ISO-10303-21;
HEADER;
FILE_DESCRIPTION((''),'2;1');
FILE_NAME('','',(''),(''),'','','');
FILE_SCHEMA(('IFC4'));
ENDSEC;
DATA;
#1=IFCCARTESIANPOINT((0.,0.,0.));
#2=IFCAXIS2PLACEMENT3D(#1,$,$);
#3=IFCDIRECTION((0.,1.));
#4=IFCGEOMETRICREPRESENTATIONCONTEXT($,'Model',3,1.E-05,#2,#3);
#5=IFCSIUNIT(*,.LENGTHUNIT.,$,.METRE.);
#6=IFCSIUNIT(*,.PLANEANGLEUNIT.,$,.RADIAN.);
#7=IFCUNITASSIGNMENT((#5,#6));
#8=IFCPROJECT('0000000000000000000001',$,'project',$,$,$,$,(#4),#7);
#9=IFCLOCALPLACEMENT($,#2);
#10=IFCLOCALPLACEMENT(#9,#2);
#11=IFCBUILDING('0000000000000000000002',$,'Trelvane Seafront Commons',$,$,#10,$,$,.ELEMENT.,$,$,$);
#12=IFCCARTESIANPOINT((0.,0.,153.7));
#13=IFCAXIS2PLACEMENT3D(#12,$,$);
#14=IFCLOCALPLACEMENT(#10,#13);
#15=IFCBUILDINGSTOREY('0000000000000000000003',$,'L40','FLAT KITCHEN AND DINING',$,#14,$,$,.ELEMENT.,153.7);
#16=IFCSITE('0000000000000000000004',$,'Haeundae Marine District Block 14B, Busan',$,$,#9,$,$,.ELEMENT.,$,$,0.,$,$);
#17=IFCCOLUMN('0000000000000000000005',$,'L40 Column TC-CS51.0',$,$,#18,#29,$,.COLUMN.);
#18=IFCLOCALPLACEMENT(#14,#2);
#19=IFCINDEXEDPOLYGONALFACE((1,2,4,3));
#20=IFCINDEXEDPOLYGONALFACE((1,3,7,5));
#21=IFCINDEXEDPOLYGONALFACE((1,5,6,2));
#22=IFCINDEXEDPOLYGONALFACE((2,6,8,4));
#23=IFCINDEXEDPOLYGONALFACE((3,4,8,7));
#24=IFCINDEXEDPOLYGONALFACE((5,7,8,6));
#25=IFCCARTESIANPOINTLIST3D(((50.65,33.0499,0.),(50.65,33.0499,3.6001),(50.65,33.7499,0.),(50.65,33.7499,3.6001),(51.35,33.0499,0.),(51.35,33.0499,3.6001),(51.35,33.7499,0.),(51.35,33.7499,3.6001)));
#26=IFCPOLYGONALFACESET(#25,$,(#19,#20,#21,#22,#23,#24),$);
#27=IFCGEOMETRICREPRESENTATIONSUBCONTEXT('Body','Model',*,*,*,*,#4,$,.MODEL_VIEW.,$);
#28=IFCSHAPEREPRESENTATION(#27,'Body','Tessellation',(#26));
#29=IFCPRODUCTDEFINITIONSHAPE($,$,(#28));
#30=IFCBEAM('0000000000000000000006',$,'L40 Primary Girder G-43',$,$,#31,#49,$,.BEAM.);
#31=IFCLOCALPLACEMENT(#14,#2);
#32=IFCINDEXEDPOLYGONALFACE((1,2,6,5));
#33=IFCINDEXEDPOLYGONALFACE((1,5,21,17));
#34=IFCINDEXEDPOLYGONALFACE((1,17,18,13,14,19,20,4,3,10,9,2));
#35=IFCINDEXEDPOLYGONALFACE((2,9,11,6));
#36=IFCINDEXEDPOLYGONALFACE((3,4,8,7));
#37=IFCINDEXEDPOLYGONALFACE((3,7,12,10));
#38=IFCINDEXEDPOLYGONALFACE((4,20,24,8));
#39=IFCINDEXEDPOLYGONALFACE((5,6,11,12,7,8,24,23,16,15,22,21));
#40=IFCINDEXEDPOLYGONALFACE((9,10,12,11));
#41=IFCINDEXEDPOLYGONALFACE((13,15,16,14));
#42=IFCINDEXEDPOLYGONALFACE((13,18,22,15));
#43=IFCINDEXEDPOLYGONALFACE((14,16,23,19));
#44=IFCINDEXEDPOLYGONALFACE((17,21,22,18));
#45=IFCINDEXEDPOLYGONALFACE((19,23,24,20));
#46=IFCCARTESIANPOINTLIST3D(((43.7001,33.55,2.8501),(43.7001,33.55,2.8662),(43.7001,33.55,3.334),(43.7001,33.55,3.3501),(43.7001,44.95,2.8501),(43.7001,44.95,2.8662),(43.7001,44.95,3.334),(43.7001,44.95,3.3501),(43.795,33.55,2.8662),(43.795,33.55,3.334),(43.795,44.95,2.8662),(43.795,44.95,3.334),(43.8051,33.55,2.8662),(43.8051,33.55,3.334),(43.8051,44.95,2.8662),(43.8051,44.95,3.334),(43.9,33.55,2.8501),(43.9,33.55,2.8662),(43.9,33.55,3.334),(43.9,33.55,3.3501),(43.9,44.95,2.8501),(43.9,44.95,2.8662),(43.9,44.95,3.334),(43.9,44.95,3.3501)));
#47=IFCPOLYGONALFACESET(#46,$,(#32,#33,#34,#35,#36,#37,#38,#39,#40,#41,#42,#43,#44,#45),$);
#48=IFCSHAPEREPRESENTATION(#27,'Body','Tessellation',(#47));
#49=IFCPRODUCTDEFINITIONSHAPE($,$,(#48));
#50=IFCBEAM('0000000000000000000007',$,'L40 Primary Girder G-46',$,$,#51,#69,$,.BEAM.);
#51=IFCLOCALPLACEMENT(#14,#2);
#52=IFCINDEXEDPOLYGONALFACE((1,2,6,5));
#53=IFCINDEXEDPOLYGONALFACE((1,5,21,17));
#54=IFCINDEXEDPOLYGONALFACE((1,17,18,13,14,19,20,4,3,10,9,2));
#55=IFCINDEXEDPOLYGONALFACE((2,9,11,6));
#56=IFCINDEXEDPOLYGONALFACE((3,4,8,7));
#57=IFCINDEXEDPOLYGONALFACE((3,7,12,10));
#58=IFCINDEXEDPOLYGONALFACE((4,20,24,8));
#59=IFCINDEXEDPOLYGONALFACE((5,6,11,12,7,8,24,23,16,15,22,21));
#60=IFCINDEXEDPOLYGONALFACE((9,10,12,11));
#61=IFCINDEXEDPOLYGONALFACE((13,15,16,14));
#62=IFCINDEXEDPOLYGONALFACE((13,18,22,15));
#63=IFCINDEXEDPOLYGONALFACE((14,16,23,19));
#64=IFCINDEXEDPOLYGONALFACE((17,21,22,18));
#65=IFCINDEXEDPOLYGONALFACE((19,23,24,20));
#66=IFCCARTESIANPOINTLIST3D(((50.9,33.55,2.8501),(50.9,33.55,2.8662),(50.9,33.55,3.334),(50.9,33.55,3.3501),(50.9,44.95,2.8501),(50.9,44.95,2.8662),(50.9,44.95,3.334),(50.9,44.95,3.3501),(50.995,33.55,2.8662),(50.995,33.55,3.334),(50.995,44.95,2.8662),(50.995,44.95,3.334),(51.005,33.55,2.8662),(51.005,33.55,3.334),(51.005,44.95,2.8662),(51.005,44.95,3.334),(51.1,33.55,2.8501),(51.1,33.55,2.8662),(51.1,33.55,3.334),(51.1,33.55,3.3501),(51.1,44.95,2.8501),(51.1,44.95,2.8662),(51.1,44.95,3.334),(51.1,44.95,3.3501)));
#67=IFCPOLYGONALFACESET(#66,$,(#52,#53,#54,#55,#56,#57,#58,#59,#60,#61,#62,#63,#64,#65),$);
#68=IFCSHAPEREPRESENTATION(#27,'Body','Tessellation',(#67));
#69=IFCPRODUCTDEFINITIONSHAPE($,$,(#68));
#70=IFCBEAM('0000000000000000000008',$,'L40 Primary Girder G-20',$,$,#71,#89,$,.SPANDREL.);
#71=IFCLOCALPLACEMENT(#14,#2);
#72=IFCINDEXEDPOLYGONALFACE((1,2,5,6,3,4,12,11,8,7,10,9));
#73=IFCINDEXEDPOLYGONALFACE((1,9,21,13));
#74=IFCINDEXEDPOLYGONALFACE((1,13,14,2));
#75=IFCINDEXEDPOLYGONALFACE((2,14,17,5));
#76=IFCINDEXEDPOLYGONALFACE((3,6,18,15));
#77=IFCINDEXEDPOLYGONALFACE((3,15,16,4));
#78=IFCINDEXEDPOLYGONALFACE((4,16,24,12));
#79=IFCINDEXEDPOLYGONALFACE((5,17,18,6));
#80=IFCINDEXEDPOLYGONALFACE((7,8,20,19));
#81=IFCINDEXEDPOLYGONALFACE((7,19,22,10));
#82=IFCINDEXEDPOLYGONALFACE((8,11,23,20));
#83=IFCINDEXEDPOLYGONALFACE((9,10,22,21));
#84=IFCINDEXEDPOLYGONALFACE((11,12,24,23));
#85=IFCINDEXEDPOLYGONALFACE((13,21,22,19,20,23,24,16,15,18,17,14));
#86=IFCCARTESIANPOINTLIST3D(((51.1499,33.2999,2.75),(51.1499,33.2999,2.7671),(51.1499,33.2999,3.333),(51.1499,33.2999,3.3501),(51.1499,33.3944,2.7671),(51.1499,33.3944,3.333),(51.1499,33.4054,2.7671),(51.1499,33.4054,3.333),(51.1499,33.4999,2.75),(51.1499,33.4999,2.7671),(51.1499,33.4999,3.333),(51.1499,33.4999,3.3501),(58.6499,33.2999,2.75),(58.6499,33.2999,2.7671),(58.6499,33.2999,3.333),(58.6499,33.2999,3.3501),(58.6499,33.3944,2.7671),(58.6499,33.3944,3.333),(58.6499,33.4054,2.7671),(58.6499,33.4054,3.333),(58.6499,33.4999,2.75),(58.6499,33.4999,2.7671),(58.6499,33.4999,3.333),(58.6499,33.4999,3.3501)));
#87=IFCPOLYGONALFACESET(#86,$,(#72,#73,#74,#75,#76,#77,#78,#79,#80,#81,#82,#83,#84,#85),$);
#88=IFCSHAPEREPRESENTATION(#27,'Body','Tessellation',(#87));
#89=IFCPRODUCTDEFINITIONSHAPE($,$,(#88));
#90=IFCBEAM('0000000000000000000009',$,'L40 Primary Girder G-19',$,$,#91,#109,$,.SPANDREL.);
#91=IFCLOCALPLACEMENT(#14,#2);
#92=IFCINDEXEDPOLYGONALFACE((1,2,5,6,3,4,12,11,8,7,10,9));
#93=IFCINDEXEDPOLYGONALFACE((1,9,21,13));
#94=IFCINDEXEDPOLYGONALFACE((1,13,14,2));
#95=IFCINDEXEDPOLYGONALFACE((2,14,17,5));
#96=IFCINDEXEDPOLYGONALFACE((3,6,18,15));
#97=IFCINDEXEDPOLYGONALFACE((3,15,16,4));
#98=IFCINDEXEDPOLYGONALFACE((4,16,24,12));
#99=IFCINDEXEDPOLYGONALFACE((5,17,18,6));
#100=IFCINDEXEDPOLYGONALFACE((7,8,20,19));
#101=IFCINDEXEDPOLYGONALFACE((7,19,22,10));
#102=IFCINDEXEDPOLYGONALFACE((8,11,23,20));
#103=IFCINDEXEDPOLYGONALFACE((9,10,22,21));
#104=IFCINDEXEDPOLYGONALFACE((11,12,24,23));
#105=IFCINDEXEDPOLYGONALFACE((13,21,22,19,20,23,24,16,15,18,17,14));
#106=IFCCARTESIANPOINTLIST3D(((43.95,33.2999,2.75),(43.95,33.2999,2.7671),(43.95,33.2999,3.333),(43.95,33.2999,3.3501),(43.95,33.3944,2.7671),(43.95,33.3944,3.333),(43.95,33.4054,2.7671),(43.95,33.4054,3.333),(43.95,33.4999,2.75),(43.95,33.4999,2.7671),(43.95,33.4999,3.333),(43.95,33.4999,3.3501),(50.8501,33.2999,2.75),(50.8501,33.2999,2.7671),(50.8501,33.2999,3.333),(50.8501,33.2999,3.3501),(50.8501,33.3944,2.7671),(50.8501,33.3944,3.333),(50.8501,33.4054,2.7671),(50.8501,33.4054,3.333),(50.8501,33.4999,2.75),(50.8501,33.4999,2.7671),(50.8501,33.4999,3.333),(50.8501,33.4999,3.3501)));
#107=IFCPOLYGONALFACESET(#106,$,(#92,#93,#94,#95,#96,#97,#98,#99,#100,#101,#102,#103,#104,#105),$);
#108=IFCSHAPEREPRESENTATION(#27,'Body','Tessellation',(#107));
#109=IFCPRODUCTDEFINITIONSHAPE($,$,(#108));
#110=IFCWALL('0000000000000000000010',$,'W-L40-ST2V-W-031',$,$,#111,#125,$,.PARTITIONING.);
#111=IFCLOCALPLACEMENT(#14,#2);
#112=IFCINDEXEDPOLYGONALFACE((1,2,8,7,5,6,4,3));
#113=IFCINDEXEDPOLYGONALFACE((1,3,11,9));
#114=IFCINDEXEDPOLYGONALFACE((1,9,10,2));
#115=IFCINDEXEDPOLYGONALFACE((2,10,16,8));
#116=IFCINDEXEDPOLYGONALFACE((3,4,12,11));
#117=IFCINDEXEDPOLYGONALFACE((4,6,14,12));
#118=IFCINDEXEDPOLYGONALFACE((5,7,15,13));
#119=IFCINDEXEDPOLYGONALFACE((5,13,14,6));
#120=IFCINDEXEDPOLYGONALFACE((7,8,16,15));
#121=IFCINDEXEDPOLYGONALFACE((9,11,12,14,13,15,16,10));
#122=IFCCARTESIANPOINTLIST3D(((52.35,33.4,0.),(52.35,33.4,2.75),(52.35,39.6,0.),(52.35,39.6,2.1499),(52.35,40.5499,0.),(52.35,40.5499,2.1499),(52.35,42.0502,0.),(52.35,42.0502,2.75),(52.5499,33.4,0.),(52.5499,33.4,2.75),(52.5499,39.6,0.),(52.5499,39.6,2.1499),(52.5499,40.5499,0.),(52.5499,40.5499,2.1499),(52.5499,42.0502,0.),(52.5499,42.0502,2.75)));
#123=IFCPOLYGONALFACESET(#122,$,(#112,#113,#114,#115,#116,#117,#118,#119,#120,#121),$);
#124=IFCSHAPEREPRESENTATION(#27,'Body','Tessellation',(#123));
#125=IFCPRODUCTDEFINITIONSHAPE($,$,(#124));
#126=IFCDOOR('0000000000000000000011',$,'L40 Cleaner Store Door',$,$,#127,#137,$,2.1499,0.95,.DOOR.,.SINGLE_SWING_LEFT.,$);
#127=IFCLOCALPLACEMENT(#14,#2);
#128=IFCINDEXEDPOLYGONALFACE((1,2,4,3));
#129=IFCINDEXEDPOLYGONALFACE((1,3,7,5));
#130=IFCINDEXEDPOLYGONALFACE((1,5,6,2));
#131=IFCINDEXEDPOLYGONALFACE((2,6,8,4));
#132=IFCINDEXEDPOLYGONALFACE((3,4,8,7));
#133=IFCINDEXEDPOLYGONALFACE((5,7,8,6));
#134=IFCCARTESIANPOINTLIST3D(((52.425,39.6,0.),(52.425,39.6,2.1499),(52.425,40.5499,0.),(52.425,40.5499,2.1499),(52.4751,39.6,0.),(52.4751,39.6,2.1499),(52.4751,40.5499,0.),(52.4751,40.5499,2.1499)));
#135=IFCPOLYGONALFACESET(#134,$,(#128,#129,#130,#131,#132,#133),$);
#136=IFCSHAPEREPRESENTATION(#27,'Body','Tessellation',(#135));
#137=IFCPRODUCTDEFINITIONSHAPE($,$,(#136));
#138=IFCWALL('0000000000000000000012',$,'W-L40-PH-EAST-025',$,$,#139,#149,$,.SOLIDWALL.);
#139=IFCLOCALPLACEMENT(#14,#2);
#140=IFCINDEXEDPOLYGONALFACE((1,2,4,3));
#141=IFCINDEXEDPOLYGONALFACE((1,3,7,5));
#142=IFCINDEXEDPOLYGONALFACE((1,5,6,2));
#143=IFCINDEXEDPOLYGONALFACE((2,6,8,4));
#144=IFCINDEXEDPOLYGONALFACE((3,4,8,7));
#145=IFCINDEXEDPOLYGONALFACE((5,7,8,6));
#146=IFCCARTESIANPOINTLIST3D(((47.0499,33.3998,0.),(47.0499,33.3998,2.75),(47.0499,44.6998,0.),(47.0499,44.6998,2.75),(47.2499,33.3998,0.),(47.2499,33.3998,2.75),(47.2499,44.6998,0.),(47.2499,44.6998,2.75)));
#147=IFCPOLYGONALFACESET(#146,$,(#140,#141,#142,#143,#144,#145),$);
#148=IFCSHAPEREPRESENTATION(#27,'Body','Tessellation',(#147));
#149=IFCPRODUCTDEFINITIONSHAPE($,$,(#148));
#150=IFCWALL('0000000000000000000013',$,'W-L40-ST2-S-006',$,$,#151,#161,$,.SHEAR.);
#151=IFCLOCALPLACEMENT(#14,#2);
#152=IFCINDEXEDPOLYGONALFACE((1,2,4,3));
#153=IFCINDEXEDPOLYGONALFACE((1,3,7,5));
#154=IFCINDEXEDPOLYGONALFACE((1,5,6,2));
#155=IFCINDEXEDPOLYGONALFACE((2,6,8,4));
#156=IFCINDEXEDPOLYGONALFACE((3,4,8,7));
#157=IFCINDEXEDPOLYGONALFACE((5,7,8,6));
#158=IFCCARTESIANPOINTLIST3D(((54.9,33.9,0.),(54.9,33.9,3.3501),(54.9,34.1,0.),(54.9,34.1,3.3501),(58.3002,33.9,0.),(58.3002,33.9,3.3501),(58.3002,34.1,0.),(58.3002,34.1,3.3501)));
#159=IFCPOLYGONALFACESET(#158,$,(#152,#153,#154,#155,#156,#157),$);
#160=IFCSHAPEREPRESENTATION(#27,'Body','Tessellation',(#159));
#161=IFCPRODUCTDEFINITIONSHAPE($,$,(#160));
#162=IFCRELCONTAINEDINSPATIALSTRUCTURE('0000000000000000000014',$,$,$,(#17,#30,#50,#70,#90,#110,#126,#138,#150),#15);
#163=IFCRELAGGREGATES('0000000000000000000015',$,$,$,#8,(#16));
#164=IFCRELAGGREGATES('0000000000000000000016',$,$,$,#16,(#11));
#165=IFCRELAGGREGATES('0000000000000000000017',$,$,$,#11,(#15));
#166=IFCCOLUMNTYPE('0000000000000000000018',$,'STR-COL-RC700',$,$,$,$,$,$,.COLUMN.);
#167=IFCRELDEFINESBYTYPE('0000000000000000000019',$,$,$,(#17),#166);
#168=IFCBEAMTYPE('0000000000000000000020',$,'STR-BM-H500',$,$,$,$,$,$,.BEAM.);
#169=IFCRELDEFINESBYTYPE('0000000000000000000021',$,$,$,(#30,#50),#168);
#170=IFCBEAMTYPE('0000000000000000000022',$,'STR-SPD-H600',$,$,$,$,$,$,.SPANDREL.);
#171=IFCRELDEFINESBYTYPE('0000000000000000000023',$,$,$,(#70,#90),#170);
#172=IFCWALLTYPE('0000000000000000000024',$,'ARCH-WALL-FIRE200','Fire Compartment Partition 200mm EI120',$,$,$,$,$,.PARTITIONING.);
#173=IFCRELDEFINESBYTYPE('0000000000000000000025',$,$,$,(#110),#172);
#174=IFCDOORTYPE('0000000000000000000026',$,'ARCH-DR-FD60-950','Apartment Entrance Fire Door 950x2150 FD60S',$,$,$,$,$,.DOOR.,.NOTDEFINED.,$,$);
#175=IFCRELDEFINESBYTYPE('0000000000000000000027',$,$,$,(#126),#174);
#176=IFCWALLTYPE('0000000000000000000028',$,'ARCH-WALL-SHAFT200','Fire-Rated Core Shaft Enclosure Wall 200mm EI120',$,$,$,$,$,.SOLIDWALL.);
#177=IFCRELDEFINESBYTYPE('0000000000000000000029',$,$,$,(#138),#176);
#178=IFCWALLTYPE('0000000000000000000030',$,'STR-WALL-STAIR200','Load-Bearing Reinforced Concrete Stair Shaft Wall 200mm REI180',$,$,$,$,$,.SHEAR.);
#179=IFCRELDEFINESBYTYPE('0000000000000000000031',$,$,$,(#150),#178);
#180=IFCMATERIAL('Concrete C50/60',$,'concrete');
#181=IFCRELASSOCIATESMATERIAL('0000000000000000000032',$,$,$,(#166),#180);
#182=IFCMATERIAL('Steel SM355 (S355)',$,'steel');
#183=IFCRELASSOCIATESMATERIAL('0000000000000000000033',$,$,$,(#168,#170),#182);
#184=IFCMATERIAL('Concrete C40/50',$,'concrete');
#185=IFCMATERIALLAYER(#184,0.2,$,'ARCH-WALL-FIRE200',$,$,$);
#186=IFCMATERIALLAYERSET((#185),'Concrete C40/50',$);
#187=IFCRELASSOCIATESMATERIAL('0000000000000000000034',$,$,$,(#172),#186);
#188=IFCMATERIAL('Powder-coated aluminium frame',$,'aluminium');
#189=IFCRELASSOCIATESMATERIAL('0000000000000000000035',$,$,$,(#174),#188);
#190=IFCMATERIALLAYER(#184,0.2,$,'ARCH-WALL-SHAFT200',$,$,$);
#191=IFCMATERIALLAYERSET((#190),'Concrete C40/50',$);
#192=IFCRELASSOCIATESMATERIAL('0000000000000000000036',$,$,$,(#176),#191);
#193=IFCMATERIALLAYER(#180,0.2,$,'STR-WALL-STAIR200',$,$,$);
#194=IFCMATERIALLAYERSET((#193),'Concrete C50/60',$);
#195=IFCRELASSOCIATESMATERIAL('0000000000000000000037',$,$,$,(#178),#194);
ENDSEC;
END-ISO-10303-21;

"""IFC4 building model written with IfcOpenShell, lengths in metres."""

from ifc_helpers import new_model, si_unit, direction, frame, frame_2d, origin, origin_2d, place, context, subcontext, project, spatial, rectangle, i_section, extrude, source, transform, mapped, material, layer, layer_set, material_profile, profile_set, type_object, element, fill, save


model = new_model("IFC4")

# Units and contexts
model_context = context("Model", 3, precision=1e-05, world=origin(), true_north=direction((0.0, 1.0)))
body_context = subcontext(model_context, "Body", "Model", "MODEL_VIEW")
ifc_project = project(units=[si_unit("LENGTHUNIT", "METRE"), si_unit("PLANEANGLEUNIT", "RADIAN")], contexts=[model_context])

# Site, building, storey
site_placement = place(None, origin())
site = spatial("IfcSite", under=ifc_project, at=site_placement, Name="Haeundae Marine District Block 14B, Busan", CompositionType="ELEMENT", RefElevation=0.0)
building_placement = place(site_placement, origin())
building = spatial("IfcBuilding", under=site, at=building_placement, Name="Trelvane Seafront Commons", CompositionType="ELEMENT")
storey_placement = place(building_placement, frame((0.0, 0.0, 153.7)))
storey = spatial("IfcBuildingStorey", under=building, at=storey_placement, Name="L40", Description="FLAT KITCHEN AND DINING", CompositionType="ELEMENT", Elevation=153.7)

# Column
ifc_material_1 = material(Name="Concrete C50/60", Category="concrete")
ifc_material_profile_1 = material_profile(ifc_material_1, rectangle(XDim=0.7, YDim=0.7, at=origin_2d()), Name="RC-700x700")
ifc_profile_set_1 = profile_set([ifc_material_profile_1], Name="Concrete C50/60")
column_type = type_object("IfcColumnType", Name="STR-COL-RC700", PredefinedType="COLUMN", material=ifc_profile_set_1)
shared_shape_1 = source(origin(), body_context, "Body", "SweptSolid", [
    extrude(rectangle(XDim=0.7, YDim=0.7, at=origin_2d()), origin(), (0.0, 0.0, 1.0), 3.6001),
])
column_placement = place(storey_placement, frame((51.0, 33.3999, 0.0), z_axis=(0.0, 0.0, 1.0), x_axis=(1.0, 0.0, 0.0)))
element("IfcColumn", 1, at=column_placement, inside=storey, type_object=column_type, Name="L40 Column TC-CS51.0", PredefinedType="COLUMN", context=body_context, shape_type="MappedRepresentation", body=[
    mapped(shared_shape_1, transform((0.0, 0.0, 0.0), x_axis=(1.0, 0.0, 0.0), y_axis=(0.0, 1.0, 0.0), z_axis=(0.0, 0.0, 1.0), scale=1.0)),
])

# Beams
ifc_material_2 = material(Name="Steel SM355 (S355)", Category="steel")
ifc_material_profile_2 = material_profile(ifc_material_2, i_section(OverallWidth=0.2, OverallDepth=0.5, WebThickness=0.01, FlangeThickness=0.0161, at=origin_2d()), Name="H-500x200x10x16")
ifc_profile_set_2 = profile_set([ifc_material_profile_2], Name="Steel SM355 (S355)")
beam_type_1 = type_object("IfcBeamType", Name="STR-BM-H500", PredefinedType="BEAM", material=ifc_profile_set_2)
shared_shape_2 = source(origin(), body_context, "Body", "SweptSolid", [
    extrude(i_section(OverallWidth=0.2, OverallDepth=0.5, WebThickness=0.01, FlangeThickness=0.0161, at=origin_2d()), origin(), (0.0, 0.0, 1.0), 11.3999),
])
for number, where, z_axis, x_axis, name in (
    (2, (43.8, 33.55, 3.1001), (0.0, 1.0, 0.0), (-1.0, 0.0, 0.0), "L40 Primary Girder G-43"),
    (3, (51.0, 33.55, 3.1001), (0.0, 1.0, 0.0), (-1.0, 0.0, 0.0), "L40 Primary Girder G-46"),
):
    element("IfcBeam", number, at=place(storey_placement, frame(where, z_axis=z_axis, x_axis=x_axis)), inside=storey, type_object=beam_type_1, Name=name, PredefinedType="BEAM", context=body_context, shape_type="MappedRepresentation", body=[
        mapped(shared_shape_2, transform((0.0, 0.0, 0.0), x_axis=(1.0, 0.0, 0.0), y_axis=(0.0, 1.0, 0.0), z_axis=(0.0, 0.0, 1.0), scale=1.0)),
    ])
ifc_material_profile_3 = material_profile(ifc_material_2, i_section(OverallWidth=0.2, OverallDepth=0.6001, WebThickness=0.011, FlangeThickness=0.0171, at=origin_2d()), Name="H-600x200x11x17")
ifc_profile_set_3 = profile_set([ifc_material_profile_3], Name="Steel SM355 (S355)")
beam_type_2 = type_object("IfcBeamType", Name="STR-SPD-H600", PredefinedType="SPANDREL", material=ifc_profile_set_3)
shared_shape_3 = source(origin(), body_context, "Body", "SweptSolid", [
    extrude(i_section(OverallWidth=0.2, OverallDepth=0.6001, WebThickness=0.011, FlangeThickness=0.0171, at=origin_2d()), origin(), (0.0, 0.0, 1.0), 7.5),
])
beam_1_placement = place(storey_placement, frame((51.1499, 33.3999, 3.05), z_axis=(1.0, 0.0, 0.0), x_axis=(0.0, 1.0, 0.0)))
element("IfcBeam", 4, at=beam_1_placement, inside=storey, type_object=beam_type_2, Name="L40 Primary Girder G-20", PredefinedType="SPANDREL", context=body_context, shape_type="MappedRepresentation", body=[
    mapped(shared_shape_3, transform((0.0, 0.0, 0.0), x_axis=(1.0, 0.0, 0.0), y_axis=(0.0, 1.0, 0.0), z_axis=(0.0, 0.0, 1.0), scale=1.0)),
])
shared_shape_4 = source(origin(), body_context, "Body", "SweptSolid", [
    extrude(i_section(OverallWidth=0.2, OverallDepth=0.6001, WebThickness=0.011, FlangeThickness=0.0171, at=origin_2d()), origin(), (0.0, 0.0, 1.0), 6.9001),
])
beam_2_placement = place(storey_placement, frame((43.95, 33.3999, 3.05), z_axis=(1.0, 0.0, 0.0), x_axis=(0.0, 1.0, 0.0)))
element("IfcBeam", 5, at=beam_2_placement, inside=storey, type_object=beam_type_2, Name="L40 Primary Girder G-19", PredefinedType="SPANDREL", context=body_context, shape_type="MappedRepresentation", body=[
    mapped(shared_shape_4, transform((0.0, 0.0, 0.0), x_axis=(1.0, 0.0, 0.0), y_axis=(0.0, 1.0, 0.0), z_axis=(0.0, 0.0, 1.0), scale=1.0)),
])

# Wall, opening, door
ifc_material_3 = material(Name="Concrete C40/50", Category="concrete")
ifc_layer_1 = layer(ifc_material_3, 0.2, Name="ARCH-WALL-FIRE200")
ifc_layer_set_1 = layer_set([ifc_layer_1], Name="Concrete C40/50")
wall_type_1 = type_object("IfcWallType", Name="ARCH-WALL-FIRE200", Description="Fire Compartment Partition 200mm EI120", PredefinedType="PARTITIONING", material=ifc_layer_set_1)
wall_1_placement = place(storey_placement, frame((52.45, 33.3999, 0.0), z_axis=(0.0, 0.0, 1.0), x_axis=(0.0, 1.0, 0.0)))
wall_1 = element("IfcWall", 6, at=wall_1_placement, inside=storey, type_object=wall_type_1, Name="W-L40-ST2V-W-031", PredefinedType="PARTITIONING", context=body_context, shape_type="SweptSolid", body=[
    extrude(rectangle(XDim=8.6501, YDim=0.2, at=frame_2d((4.3252, 0.0))), origin(), (0.0, 0.0, 1.0), 2.75),
])
opening_1_placement = place(wall_1_placement, frame((6.2, 0.0, 0.0)))
opening_1 = element("IfcOpeningElement", 7, at=opening_1_placement, cuts=wall_1, PredefinedType="OPENING", context=body_context, shape_type="SweptSolid", body=[
    extrude(rectangle(XDim=0.95, YDim=2.1499, at=frame_2d((0.4751, 1.075))), frame((0.0, 0.1099, 0.0), z_axis=(0.0, -1.0, 0.0), x_axis=(1.0, 0.0, 0.0)), (0.0, 0.0, 1.0), 0.22),
])
ifc_material_4 = material(Name="Powder-coated aluminium frame", Category="aluminium")
door_type_1 = type_object("IfcDoorType", Name="ARCH-DR-FD60-950", Description="Apartment Entrance Fire Door 950x2150 FD60S", OperationType="NOTDEFINED", PredefinedType="DOOR", material=ifc_material_4)
shared_shape_5 = source(origin(), body_context, "Body", "SweptSolid", [
    extrude(rectangle(XDim=0.95, YDim=2.1499, at=frame_2d((0.4751, 1.075))), frame((0.0, 0.0249, 0.0), z_axis=(0.0, -1.0, 0.0), x_axis=(1.0, 0.0, 0.0)), (0.0, 0.0, 1.0), 0.05),
])
door_1_placement = place(opening_1_placement, origin())
door_1 = element("IfcDoor", 8, at=door_1_placement, inside=storey, type_object=door_type_1, Name="L40 Cleaner Store Door", OperationType="SINGLE_SWING_LEFT", OverallHeight=2.1499, OverallWidth=0.95, PredefinedType="DOOR", context=body_context, shape_type="MappedRepresentation", body=[
    mapped(shared_shape_5, transform((0.0, 0.0, 0.0), x_axis=(1.0, 0.0, 0.0), y_axis=(0.0, 1.0, 0.0), z_axis=(0.0, 0.0, 1.0), scale=1.0)),
])
fill(opening_1, door_1)

# Walls
ifc_layer_2 = layer(ifc_material_3, 0.2, Name="ARCH-WALL-SHAFT200")
ifc_layer_set_2 = layer_set([ifc_layer_2], Name="Concrete C40/50")
wall_type_2 = type_object("IfcWallType", Name="ARCH-WALL-SHAFT200", Description="Fire-Rated Core Shaft Enclosure Wall 200mm EI120", PredefinedType="SOLIDWALL", material=ifc_layer_set_2)
wall_2_placement = place(storey_placement, frame((47.1499, 33.3999, 0.0), z_axis=(0.0, 0.0, 1.0), x_axis=(0.0, 1.0, 0.0)))
element("IfcWall", 9, at=wall_2_placement, inside=storey, type_object=wall_type_2, Name="W-L40-PH-EAST-025", PredefinedType="SOLIDWALL", context=body_context, shape_type="SweptSolid", body=[
    extrude(rectangle(XDim=11.3, YDim=0.2, at=frame_2d((5.6499, 0.0))), origin(), (0.0, 0.0, 1.0), 2.75),
])
ifc_layer_3 = layer(ifc_material_1, 0.2, Name="STR-WALL-STAIR200")
ifc_layer_set_3 = layer_set([ifc_layer_3], Name="Concrete C50/60")
wall_type_3 = type_object("IfcWallType", Name="STR-WALL-STAIR200", Description="Load-Bearing Reinforced Concrete Stair Shaft Wall 200mm REI180", PredefinedType="SHEAR", material=ifc_layer_set_3)
wall_3_placement = place(storey_placement, frame((54.8999, 34.0, 0.0), z_axis=(0.0, 0.0, 1.0), x_axis=(1.0, 0.0, 0.0)))
element("IfcWall", 10, at=wall_3_placement, inside=storey, type_object=wall_type_3, Name="W-L40-ST2-S-006", PredefinedType="SHEAR", context=body_context, shape_type="SweptSolid", body=[
    extrude(rectangle(XDim=3.4001, YDim=0.2, at=frame_2d((1.7002, 0.0))), origin(), (0.0, 0.0, 1.0), 3.3501),
])

save(model, "model.ifc")
